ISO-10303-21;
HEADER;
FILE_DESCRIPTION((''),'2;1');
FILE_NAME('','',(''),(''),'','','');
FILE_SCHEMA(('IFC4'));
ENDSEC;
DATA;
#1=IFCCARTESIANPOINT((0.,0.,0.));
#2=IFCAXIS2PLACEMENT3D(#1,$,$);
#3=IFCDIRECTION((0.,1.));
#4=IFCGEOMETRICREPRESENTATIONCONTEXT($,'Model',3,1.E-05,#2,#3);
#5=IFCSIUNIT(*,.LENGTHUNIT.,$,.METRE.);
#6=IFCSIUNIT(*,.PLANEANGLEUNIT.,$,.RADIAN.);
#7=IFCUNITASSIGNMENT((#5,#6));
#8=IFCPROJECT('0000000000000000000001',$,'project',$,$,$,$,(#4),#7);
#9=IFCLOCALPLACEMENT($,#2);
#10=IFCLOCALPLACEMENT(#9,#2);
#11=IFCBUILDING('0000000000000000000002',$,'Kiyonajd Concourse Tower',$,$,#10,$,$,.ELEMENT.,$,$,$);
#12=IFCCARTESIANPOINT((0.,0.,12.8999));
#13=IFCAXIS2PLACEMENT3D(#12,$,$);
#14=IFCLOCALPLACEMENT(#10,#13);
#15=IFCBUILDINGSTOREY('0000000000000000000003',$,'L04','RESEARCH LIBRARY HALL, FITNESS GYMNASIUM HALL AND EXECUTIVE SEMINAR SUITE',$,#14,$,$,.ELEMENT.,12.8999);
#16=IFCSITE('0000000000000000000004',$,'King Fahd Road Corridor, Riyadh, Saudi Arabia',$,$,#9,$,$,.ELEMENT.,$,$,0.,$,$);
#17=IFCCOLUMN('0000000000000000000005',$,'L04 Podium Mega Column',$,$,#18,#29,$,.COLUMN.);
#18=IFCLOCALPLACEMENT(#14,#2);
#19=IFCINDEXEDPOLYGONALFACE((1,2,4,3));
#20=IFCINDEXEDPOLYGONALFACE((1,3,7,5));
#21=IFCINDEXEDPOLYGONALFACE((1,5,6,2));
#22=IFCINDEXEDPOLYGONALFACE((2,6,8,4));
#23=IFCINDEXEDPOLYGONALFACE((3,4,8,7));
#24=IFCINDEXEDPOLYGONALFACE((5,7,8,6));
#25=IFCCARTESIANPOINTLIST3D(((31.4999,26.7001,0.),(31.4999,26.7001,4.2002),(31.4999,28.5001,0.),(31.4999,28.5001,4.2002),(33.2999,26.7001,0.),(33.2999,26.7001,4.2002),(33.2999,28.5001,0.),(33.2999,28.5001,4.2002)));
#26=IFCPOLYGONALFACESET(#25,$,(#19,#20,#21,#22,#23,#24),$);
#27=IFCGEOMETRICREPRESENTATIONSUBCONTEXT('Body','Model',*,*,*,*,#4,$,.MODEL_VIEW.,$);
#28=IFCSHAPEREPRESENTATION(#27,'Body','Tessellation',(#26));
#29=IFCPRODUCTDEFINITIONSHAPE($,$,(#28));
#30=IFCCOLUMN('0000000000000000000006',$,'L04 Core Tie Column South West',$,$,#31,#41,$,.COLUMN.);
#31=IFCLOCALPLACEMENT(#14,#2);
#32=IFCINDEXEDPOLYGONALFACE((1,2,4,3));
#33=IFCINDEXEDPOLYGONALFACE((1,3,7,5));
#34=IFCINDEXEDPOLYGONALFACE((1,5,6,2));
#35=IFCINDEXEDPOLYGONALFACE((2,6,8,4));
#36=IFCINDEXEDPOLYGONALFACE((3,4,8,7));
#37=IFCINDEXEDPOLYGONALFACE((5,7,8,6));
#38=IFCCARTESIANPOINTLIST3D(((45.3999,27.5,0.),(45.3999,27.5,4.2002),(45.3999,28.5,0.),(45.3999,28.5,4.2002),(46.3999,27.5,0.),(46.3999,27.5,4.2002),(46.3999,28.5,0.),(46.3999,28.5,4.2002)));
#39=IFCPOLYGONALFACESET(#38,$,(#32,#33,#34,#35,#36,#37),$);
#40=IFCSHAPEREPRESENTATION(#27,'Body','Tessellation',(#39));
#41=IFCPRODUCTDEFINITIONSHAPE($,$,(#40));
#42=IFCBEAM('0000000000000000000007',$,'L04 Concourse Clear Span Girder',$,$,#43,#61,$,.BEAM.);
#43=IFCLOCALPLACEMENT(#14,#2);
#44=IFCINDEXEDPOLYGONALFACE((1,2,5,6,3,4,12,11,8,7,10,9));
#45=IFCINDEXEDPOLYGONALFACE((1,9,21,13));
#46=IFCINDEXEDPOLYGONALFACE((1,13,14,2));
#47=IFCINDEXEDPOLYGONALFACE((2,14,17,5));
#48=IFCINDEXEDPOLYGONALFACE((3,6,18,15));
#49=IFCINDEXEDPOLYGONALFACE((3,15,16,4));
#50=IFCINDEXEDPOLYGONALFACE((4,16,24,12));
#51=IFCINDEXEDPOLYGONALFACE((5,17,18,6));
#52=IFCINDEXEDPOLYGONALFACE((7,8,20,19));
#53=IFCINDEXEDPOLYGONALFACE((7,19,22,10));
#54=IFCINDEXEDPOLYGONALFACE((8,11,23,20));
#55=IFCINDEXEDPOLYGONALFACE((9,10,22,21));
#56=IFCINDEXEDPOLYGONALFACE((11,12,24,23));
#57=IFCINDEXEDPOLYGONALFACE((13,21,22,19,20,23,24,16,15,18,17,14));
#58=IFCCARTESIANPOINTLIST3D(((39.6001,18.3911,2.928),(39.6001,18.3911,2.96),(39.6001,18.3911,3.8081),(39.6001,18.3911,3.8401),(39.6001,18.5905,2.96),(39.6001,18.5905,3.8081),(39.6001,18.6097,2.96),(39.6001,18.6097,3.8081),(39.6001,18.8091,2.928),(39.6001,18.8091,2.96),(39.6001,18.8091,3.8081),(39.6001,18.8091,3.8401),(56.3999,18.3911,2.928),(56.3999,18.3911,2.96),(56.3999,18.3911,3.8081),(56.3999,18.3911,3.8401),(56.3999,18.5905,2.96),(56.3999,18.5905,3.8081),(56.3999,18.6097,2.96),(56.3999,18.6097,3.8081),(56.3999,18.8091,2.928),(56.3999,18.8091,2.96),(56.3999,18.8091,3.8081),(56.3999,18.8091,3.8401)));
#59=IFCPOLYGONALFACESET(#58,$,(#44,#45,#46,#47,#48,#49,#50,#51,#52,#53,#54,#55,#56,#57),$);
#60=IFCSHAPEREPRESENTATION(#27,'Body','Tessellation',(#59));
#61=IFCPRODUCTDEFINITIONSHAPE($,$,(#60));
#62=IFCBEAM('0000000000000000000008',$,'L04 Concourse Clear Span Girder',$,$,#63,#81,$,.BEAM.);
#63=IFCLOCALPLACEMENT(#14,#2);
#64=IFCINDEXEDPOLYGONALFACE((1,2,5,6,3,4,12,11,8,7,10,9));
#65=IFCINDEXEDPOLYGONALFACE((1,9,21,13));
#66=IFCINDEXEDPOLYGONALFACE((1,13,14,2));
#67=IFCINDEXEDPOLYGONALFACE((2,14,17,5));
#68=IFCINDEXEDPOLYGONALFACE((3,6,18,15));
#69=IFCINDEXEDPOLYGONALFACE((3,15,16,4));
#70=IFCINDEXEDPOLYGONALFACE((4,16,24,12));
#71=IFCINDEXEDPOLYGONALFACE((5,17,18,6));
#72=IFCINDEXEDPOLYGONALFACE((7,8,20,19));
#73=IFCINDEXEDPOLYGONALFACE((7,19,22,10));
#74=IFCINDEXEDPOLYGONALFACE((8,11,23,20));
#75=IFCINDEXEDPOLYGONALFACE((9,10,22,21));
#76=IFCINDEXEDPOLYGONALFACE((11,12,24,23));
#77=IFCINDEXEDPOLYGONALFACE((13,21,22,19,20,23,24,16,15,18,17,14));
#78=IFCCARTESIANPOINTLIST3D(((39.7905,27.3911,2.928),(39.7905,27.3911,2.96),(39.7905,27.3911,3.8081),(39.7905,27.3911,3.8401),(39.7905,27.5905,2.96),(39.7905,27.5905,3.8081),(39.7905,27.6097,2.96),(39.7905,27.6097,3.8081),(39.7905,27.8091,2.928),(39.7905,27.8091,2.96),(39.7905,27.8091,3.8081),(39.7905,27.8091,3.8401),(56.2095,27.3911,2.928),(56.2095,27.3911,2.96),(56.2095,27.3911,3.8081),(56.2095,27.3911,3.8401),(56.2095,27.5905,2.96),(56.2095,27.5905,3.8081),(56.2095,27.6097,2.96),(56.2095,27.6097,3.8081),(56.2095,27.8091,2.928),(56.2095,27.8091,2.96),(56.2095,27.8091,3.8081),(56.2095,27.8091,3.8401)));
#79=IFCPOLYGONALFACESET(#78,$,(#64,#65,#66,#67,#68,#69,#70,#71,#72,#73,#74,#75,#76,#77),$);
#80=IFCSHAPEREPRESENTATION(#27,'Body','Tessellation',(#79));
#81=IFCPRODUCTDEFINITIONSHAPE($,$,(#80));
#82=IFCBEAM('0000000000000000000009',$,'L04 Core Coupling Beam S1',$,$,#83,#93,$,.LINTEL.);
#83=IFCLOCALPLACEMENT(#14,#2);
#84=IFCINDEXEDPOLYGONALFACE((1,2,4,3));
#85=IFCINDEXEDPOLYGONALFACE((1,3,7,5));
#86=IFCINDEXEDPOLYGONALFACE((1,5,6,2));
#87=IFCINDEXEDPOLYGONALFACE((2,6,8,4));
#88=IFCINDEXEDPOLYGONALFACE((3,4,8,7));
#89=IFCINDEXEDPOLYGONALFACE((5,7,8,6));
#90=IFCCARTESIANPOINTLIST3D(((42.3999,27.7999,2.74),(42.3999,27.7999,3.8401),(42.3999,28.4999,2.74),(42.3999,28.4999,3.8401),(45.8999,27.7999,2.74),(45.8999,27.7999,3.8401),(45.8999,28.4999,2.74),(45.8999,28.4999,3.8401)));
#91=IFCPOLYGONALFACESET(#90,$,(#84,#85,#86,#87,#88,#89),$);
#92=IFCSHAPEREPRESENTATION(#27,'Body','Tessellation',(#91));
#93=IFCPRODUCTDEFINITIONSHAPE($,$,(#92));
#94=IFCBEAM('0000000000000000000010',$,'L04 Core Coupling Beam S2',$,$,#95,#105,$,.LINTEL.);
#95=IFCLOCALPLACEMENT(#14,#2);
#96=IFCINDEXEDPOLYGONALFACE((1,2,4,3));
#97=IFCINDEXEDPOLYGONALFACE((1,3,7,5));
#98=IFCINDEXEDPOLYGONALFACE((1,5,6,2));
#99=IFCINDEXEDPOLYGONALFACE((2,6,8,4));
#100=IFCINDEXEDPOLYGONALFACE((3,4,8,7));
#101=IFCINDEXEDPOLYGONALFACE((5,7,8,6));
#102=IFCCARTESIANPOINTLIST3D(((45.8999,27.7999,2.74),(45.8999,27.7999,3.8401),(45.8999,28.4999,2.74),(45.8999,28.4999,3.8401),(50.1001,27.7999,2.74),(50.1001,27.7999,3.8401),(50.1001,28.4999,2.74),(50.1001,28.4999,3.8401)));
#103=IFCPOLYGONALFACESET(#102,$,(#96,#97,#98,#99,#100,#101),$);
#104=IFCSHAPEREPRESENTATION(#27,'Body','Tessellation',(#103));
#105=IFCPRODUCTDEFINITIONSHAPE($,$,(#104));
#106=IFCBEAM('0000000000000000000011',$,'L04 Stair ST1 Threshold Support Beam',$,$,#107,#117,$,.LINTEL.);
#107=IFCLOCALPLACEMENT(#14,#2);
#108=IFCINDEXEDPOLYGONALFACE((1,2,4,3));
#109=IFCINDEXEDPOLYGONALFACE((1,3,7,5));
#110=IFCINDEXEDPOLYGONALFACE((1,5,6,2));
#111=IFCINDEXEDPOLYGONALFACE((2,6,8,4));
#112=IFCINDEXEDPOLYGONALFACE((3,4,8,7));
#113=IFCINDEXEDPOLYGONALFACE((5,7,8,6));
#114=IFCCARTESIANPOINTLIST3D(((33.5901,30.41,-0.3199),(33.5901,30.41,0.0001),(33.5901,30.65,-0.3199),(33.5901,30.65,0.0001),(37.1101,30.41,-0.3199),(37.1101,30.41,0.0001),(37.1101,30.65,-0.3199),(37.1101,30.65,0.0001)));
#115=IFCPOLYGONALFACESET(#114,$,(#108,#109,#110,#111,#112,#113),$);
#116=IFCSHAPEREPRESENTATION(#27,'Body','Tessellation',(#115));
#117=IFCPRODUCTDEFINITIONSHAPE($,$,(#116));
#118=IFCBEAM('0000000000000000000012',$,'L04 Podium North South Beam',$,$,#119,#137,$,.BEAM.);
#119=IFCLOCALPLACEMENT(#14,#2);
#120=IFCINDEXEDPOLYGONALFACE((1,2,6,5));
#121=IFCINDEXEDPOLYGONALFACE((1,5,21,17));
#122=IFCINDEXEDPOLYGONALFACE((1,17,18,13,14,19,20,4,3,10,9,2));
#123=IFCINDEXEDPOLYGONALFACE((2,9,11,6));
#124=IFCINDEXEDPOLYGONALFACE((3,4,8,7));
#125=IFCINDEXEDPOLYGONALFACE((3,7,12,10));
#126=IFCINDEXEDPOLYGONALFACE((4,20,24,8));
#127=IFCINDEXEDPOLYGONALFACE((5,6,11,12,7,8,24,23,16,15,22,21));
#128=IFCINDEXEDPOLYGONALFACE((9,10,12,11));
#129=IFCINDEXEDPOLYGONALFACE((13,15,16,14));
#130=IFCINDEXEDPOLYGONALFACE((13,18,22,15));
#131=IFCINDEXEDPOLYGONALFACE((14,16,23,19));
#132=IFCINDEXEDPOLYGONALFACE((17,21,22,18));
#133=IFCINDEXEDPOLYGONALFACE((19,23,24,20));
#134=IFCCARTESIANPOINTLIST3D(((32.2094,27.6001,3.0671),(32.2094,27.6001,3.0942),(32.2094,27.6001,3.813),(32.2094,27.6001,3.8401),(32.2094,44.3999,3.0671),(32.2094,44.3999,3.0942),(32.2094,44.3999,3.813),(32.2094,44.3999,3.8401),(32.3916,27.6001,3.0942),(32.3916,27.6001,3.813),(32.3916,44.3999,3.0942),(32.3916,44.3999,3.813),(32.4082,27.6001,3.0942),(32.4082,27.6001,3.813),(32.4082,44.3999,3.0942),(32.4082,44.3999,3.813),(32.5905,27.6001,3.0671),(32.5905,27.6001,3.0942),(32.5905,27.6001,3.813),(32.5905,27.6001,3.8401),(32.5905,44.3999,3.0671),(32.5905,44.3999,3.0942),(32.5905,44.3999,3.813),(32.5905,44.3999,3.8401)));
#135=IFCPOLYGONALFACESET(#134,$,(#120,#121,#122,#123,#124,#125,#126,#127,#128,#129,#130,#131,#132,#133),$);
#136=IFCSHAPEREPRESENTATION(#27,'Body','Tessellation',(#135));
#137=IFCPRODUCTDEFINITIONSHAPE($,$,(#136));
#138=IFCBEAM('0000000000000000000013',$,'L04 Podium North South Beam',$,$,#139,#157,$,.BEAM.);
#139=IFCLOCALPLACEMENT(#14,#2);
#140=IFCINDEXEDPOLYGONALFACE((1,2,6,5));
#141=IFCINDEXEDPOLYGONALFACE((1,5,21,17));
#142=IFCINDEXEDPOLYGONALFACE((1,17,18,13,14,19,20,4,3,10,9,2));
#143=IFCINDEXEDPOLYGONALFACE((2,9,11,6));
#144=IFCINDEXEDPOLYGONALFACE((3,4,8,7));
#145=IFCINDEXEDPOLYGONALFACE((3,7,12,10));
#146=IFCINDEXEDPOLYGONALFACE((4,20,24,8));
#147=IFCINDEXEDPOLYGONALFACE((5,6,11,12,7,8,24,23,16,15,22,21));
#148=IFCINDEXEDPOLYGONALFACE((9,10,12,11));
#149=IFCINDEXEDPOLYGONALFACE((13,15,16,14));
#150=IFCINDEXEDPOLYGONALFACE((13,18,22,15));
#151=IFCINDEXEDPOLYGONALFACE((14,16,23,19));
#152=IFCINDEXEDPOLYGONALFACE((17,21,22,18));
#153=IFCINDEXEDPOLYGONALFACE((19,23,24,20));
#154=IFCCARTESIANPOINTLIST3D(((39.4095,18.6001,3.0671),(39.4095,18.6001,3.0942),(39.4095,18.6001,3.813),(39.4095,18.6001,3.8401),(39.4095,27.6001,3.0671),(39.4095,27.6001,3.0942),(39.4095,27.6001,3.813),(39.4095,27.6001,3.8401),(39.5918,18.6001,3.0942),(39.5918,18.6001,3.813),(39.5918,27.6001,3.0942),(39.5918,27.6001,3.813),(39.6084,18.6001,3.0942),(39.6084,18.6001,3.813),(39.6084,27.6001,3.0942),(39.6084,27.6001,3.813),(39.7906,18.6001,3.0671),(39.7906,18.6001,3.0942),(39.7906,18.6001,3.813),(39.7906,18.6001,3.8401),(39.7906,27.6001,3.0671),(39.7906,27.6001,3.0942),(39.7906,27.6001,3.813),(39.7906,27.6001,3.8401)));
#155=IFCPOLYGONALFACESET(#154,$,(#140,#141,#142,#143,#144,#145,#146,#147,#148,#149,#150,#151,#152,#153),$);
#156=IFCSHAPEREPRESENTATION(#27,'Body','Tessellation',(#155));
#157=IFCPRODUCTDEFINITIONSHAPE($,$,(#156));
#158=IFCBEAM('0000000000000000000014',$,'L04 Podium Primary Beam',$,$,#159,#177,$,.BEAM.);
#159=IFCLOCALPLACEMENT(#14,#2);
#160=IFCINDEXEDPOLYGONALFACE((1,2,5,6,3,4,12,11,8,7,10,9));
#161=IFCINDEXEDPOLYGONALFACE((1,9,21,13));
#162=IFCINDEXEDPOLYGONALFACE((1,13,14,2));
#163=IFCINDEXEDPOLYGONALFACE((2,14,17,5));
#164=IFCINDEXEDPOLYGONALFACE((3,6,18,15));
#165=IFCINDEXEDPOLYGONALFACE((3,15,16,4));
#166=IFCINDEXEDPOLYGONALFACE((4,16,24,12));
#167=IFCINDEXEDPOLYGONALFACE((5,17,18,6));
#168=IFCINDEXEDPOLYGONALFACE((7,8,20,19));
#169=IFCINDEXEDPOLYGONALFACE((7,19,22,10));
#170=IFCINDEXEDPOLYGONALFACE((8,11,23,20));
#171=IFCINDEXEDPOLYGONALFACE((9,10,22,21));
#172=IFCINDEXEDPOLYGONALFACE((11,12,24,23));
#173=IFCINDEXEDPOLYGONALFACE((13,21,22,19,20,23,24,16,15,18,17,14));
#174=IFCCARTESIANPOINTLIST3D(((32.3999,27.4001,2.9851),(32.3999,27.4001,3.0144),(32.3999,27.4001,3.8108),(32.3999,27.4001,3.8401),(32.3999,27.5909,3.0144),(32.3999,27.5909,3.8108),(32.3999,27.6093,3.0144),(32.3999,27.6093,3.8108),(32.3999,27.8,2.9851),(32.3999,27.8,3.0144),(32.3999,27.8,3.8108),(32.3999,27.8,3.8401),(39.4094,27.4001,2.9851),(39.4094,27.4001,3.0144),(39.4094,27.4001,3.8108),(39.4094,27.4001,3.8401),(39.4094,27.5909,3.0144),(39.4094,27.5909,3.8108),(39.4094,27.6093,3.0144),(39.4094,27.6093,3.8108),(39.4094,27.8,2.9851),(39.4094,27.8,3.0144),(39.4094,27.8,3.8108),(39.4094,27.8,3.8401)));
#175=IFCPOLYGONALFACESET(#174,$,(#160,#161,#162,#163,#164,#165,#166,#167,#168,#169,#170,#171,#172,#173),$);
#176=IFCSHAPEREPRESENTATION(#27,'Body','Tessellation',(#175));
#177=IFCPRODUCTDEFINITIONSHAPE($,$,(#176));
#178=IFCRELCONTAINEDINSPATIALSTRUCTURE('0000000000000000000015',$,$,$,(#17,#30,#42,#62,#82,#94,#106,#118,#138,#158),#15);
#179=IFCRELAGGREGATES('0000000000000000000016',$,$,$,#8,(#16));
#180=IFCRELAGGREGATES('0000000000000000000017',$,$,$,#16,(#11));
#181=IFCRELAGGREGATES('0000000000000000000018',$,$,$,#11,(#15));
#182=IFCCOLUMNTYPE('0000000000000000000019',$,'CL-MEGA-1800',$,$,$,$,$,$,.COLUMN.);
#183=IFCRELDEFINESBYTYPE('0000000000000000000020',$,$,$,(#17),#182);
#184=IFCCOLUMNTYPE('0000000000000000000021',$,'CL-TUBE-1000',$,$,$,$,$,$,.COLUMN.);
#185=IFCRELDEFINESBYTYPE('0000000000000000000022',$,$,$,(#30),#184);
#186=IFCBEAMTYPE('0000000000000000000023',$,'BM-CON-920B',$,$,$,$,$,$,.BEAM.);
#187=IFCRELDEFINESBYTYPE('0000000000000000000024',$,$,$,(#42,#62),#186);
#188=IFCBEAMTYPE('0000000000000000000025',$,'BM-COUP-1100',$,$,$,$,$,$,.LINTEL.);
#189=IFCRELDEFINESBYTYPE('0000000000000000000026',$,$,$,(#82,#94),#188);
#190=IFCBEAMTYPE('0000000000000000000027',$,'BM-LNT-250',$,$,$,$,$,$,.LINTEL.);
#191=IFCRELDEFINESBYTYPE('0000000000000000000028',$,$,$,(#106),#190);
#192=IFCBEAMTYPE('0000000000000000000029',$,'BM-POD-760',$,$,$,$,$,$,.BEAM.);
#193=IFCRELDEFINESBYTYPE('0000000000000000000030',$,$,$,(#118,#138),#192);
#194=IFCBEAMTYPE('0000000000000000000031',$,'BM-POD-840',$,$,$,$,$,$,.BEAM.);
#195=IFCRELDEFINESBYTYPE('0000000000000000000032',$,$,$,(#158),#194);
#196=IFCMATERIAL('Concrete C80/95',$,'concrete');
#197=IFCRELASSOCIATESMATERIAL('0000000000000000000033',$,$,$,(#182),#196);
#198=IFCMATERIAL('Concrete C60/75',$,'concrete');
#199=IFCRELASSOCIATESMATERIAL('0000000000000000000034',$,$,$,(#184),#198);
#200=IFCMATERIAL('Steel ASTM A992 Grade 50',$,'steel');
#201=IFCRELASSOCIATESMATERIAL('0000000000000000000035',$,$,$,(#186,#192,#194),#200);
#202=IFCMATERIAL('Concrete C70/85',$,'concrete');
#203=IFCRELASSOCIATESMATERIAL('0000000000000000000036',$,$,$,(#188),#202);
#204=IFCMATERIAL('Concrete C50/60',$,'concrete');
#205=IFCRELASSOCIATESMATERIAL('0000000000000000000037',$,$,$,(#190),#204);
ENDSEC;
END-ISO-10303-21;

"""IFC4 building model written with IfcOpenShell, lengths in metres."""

from ifc_helpers import new_model, si_unit, direction, frame, origin, origin_2d, place, context, subcontext, project, spatial, rectangle, i_section, extrude, material, material_profile, profile_set, type_object, element, save


model = new_model("IFC4")

# Units and contexts
model_context = context("Model", 3, precision=1e-05, world=origin(), true_north=direction((0.0, 1.0)))
body_context = subcontext(model_context, "Body", "Model", "MODEL_VIEW")
ifc_project = project(units=[si_unit("LENGTHUNIT", "METRE"), si_unit("PLANEANGLEUNIT", "RADIAN")], contexts=[model_context])

# Site, building, storey
site_placement = place(None, origin())
site = spatial("IfcSite", under=ifc_project, at=site_placement, Name="King Fahd Road Corridor, Riyadh, Saudi Arabia", CompositionType="ELEMENT", RefElevation=0.0)
building_placement = place(site_placement, origin())
building = spatial("IfcBuilding", under=site, at=building_placement, Name="Kiyonajd Concourse Tower", CompositionType="ELEMENT")
storey_placement = place(building_placement, frame((0.0, 0.0, 12.8999)))
storey = spatial("IfcBuildingStorey", under=building, at=storey_placement, Name="L04", Description="RESEARCH LIBRARY HALL, FITNESS GYMNASIUM HALL AND EXECUTIVE SEMINAR SUITE", CompositionType="ELEMENT", Elevation=12.8999)

# Columns
ifc_material_1 = material(Name="Concrete C80/95", Category="concrete")
ifc_material_profile_1 = material_profile(ifc_material_1, rectangle(XDim=1.8, YDim=1.8, at=origin_2d()), Name="RC-1800x1800")
ifc_profile_set_1 = profile_set([ifc_material_profile_1], Name="Concrete C80/95")
column_type_1 = type_object("IfcColumnType", Name="CL-MEGA-1800", PredefinedType="COLUMN", material=ifc_profile_set_1)
column_1_placement = place(storey_placement, frame((32.3999, 27.6001, 0.0), z_axis=(0.0, 0.0, 1.0), x_axis=(1.0, 0.0, 0.0)))
element("IfcColumn", 1, at=column_1_placement, inside=storey, type_object=column_type_1, Name="L04 Podium Mega Column", PredefinedType="COLUMN", context=body_context, shape_type="SweptSolid", body=[
    extrude(rectangle(XDim=1.8, YDim=1.8, at=origin_2d()), origin(), (0.0, 0.0, 1.0), 4.2002),
])
ifc_material_2 = material(Name="Concrete C60/75", Category="concrete")
ifc_material_profile_2 = material_profile(ifc_material_2, rectangle(XDim=1.0, YDim=1.0, at=origin_2d()), Name="RC-1000x1000")
ifc_profile_set_2 = profile_set([ifc_material_profile_2], Name="Concrete C60/75")
column_type_2 = type_object("IfcColumnType", Name="CL-TUBE-1000", PredefinedType="COLUMN", material=ifc_profile_set_2)
column_2_placement = place(storey_placement, frame((45.8999, 28.0, 0.0), z_axis=(0.0, 0.0, 1.0), x_axis=(1.0, 0.0, 0.0)))
element("IfcColumn", 2, at=column_2_placement, inside=storey, type_object=column_type_2, Name="L04 Core Tie Column South West", PredefinedType="COLUMN", context=body_context, shape_type="SweptSolid", body=[
    extrude(rectangle(XDim=1.0, YDim=1.0, at=origin_2d()), origin(), (0.0, 0.0, 1.0), 4.2002),
])

# Beams
ifc_material_3 = material(Name="Steel ASTM A992 Grade 50", Category="steel")
ifc_material_profile_3 = material_profile(ifc_material_3, i_section(OverallWidth=0.418, OverallDepth=0.9121, WebThickness=0.0193, FlangeThickness=0.032, at=origin_2d()), Name="W920X342")
ifc_profile_set_3 = profile_set([ifc_material_profile_3], Name="Steel ASTM A992 Grade 50")
beam_type_1 = type_object("IfcBeamType", Name="BM-CON-920B", PredefinedType="BEAM", material=ifc_profile_set_3)
beam_1_placement = place(storey_placement, frame((39.6001, 18.6001, 3.384), z_axis=(1.0, 0.0, 0.0), x_axis=(0.0, 1.0, 0.0)))
element("IfcBeam", 3, at=beam_1_placement, inside=storey, type_object=beam_type_1, Name="L04 Concourse Clear Span Girder", PredefinedType="BEAM", context=body_context, shape_type="SweptSolid", body=[
    extrude(i_section(OverallWidth=0.418, OverallDepth=0.9121, WebThickness=0.0193, FlangeThickness=0.032, at=origin_2d()), origin(), (0.0, 0.0, 1.0), 16.7998),
])
beam_2_placement = place(storey_placement, frame((39.7905, 27.6001, 3.384), z_axis=(1.0, 0.0, 0.0), x_axis=(0.0, 1.0, 0.0)))
element("IfcBeam", 4, at=beam_2_placement, inside=storey, type_object=beam_type_1, Name="L04 Concourse Clear Span Girder", PredefinedType="BEAM", context=body_context, shape_type="SweptSolid", body=[
    extrude(i_section(OverallWidth=0.418, OverallDepth=0.9121, WebThickness=0.0193, FlangeThickness=0.032, at=origin_2d()), origin(), (0.0, 0.0, 1.0), 16.4189),
])
ifc_material_4 = material(Name="Concrete C70/85", Category="concrete")
ifc_material_profile_4 = material_profile(ifc_material_4, rectangle(XDim=0.7, YDim=1.1001, at=origin_2d()), Name="RCBM-700x1100")
ifc_profile_set_4 = profile_set([ifc_material_profile_4], Name="Concrete C70/85")
beam_type_2 = type_object("IfcBeamType", Name="BM-COUP-1100", PredefinedType="LINTEL", material=ifc_profile_set_4)
beam_3_placement = place(storey_placement, frame((42.3999, 28.1499, 3.29), z_axis=(1.0, 0.0, 0.0), x_axis=(0.0, 1.0, 0.0)))
element("IfcBeam", 5, at=beam_3_placement, inside=storey, type_object=beam_type_2, Name="L04 Core Coupling Beam S1", PredefinedType="LINTEL", context=body_context, shape_type="SweptSolid", body=[
    extrude(rectangle(XDim=0.7, YDim=1.1001, at=origin_2d()), origin(), (0.0, 0.0, 1.0), 3.5),
])
beam_4_placement = place(storey_placement, frame((45.8999, 28.1499, 3.29), z_axis=(1.0, 0.0, 0.0), x_axis=(0.0, 1.0, 0.0)))
element("IfcBeam", 6, at=beam_4_placement, inside=storey, type_object=beam_type_2, Name="L04 Core Coupling Beam S2", PredefinedType="LINTEL", context=body_context, shape_type="SweptSolid", body=[
    extrude(rectangle(XDim=0.7, YDim=1.1001, at=origin_2d()), origin(), (0.0, 0.0, 1.0), 4.2002),
])
ifc_material_5 = material(Name="Concrete C50/60", Category="concrete")
ifc_material_profile_5 = material_profile(ifc_material_5, rectangle(XDim=0.24, YDim=0.3201, at=origin_2d()), Name="RCBM-240x320")
ifc_profile_set_5 = profile_set([ifc_material_profile_5], Name="Concrete C50/60")
beam_type_3 = type_object("IfcBeamType", Name="BM-LNT-250", PredefinedType="LINTEL", material=ifc_profile_set_5)
beam_5_placement = place(storey_placement, frame((33.5901, 30.53, -0.1599), z_axis=(1.0, 0.0, 0.0), x_axis=(0.0, 1.0, 0.0)))
element("IfcBeam", 7, at=beam_5_placement, inside=storey, type_object=beam_type_3, Name="L04 Stair ST1 Threshold Support Beam", PredefinedType="LINTEL", context=body_context, shape_type="SweptSolid", body=[
    extrude(rectangle(XDim=0.24, YDim=0.3201, at=origin_2d()), origin(), (0.0, 0.0, 1.0), 3.52),
])
ifc_material_profile_6 = material_profile(ifc_material_3, i_section(OverallWidth=0.3811, OverallDepth=0.7729, WebThickness=0.0166, FlangeThickness=0.0271, at=origin_2d()), Name="W760X257")
ifc_profile_set_6 = profile_set([ifc_material_profile_6], Name="Steel ASTM A992 Grade 50")
beam_type_4 = type_object("IfcBeamType", Name="BM-POD-760", PredefinedType="BEAM", material=ifc_profile_set_6)
beam_6_placement = place(storey_placement, frame((32.3999, 27.6001, 3.4536), z_axis=(0.0, 1.0, 0.0), x_axis=(-1.0, 0.0, 0.0)))
element("IfcBeam", 8, at=beam_6_placement, inside=storey, type_object=beam_type_4, Name="L04 Podium North South Beam", PredefinedType="BEAM", context=body_context, shape_type="SweptSolid", body=[
    extrude(i_section(OverallWidth=0.3811, OverallDepth=0.7729, WebThickness=0.0166, FlangeThickness=0.0271, at=origin_2d()), origin(), (0.0, 0.0, 1.0), 16.7998),
])
beam_7_placement = place(storey_placement, frame((39.6001, 18.6001, 3.4536), z_axis=(0.0, 1.0, 0.0), x_axis=(-1.0, 0.0, 0.0)))
element("IfcBeam", 9, at=beam_7_placement, inside=storey, type_object=beam_type_4, Name="L04 Podium North South Beam", PredefinedType="BEAM", context=body_context, shape_type="SweptSolid", body=[
    extrude(i_section(OverallWidth=0.3811, OverallDepth=0.7729, WebThickness=0.0166, FlangeThickness=0.0271, at=origin_2d()), origin(), (0.0, 0.0, 1.0), 9.0),
])
ifc_material_profile_7 = material_profile(ifc_material_3, i_section(OverallWidth=0.3999, OverallDepth=0.855, WebThickness=0.0183, FlangeThickness=0.0293, at=origin_2d()), Name="W840X299")
ifc_profile_set_7 = profile_set([ifc_material_profile_7], Name="Steel ASTM A992 Grade 50")
beam_type_5 = type_object("IfcBeamType", Name="BM-POD-840", PredefinedType="BEAM", material=ifc_profile_set_7)
beam_8_placement = place(storey_placement, frame((32.3999, 27.6001, 3.4126), z_axis=(1.0, 0.0, 0.0), x_axis=(0.0, 1.0, 0.0)))
element("IfcBeam", 10, at=beam_8_placement, inside=storey, type_object=beam_type_5, Name="L04 Podium Primary Beam", PredefinedType="BEAM", context=body_context, shape_type="SweptSolid", body=[
    extrude(i_section(OverallWidth=0.3999, OverallDepth=0.855, WebThickness=0.0183, FlangeThickness=0.0293, at=origin_2d()), origin(), (0.0, 0.0, 1.0), 7.0095),
])

save(model, "model.ifc")
